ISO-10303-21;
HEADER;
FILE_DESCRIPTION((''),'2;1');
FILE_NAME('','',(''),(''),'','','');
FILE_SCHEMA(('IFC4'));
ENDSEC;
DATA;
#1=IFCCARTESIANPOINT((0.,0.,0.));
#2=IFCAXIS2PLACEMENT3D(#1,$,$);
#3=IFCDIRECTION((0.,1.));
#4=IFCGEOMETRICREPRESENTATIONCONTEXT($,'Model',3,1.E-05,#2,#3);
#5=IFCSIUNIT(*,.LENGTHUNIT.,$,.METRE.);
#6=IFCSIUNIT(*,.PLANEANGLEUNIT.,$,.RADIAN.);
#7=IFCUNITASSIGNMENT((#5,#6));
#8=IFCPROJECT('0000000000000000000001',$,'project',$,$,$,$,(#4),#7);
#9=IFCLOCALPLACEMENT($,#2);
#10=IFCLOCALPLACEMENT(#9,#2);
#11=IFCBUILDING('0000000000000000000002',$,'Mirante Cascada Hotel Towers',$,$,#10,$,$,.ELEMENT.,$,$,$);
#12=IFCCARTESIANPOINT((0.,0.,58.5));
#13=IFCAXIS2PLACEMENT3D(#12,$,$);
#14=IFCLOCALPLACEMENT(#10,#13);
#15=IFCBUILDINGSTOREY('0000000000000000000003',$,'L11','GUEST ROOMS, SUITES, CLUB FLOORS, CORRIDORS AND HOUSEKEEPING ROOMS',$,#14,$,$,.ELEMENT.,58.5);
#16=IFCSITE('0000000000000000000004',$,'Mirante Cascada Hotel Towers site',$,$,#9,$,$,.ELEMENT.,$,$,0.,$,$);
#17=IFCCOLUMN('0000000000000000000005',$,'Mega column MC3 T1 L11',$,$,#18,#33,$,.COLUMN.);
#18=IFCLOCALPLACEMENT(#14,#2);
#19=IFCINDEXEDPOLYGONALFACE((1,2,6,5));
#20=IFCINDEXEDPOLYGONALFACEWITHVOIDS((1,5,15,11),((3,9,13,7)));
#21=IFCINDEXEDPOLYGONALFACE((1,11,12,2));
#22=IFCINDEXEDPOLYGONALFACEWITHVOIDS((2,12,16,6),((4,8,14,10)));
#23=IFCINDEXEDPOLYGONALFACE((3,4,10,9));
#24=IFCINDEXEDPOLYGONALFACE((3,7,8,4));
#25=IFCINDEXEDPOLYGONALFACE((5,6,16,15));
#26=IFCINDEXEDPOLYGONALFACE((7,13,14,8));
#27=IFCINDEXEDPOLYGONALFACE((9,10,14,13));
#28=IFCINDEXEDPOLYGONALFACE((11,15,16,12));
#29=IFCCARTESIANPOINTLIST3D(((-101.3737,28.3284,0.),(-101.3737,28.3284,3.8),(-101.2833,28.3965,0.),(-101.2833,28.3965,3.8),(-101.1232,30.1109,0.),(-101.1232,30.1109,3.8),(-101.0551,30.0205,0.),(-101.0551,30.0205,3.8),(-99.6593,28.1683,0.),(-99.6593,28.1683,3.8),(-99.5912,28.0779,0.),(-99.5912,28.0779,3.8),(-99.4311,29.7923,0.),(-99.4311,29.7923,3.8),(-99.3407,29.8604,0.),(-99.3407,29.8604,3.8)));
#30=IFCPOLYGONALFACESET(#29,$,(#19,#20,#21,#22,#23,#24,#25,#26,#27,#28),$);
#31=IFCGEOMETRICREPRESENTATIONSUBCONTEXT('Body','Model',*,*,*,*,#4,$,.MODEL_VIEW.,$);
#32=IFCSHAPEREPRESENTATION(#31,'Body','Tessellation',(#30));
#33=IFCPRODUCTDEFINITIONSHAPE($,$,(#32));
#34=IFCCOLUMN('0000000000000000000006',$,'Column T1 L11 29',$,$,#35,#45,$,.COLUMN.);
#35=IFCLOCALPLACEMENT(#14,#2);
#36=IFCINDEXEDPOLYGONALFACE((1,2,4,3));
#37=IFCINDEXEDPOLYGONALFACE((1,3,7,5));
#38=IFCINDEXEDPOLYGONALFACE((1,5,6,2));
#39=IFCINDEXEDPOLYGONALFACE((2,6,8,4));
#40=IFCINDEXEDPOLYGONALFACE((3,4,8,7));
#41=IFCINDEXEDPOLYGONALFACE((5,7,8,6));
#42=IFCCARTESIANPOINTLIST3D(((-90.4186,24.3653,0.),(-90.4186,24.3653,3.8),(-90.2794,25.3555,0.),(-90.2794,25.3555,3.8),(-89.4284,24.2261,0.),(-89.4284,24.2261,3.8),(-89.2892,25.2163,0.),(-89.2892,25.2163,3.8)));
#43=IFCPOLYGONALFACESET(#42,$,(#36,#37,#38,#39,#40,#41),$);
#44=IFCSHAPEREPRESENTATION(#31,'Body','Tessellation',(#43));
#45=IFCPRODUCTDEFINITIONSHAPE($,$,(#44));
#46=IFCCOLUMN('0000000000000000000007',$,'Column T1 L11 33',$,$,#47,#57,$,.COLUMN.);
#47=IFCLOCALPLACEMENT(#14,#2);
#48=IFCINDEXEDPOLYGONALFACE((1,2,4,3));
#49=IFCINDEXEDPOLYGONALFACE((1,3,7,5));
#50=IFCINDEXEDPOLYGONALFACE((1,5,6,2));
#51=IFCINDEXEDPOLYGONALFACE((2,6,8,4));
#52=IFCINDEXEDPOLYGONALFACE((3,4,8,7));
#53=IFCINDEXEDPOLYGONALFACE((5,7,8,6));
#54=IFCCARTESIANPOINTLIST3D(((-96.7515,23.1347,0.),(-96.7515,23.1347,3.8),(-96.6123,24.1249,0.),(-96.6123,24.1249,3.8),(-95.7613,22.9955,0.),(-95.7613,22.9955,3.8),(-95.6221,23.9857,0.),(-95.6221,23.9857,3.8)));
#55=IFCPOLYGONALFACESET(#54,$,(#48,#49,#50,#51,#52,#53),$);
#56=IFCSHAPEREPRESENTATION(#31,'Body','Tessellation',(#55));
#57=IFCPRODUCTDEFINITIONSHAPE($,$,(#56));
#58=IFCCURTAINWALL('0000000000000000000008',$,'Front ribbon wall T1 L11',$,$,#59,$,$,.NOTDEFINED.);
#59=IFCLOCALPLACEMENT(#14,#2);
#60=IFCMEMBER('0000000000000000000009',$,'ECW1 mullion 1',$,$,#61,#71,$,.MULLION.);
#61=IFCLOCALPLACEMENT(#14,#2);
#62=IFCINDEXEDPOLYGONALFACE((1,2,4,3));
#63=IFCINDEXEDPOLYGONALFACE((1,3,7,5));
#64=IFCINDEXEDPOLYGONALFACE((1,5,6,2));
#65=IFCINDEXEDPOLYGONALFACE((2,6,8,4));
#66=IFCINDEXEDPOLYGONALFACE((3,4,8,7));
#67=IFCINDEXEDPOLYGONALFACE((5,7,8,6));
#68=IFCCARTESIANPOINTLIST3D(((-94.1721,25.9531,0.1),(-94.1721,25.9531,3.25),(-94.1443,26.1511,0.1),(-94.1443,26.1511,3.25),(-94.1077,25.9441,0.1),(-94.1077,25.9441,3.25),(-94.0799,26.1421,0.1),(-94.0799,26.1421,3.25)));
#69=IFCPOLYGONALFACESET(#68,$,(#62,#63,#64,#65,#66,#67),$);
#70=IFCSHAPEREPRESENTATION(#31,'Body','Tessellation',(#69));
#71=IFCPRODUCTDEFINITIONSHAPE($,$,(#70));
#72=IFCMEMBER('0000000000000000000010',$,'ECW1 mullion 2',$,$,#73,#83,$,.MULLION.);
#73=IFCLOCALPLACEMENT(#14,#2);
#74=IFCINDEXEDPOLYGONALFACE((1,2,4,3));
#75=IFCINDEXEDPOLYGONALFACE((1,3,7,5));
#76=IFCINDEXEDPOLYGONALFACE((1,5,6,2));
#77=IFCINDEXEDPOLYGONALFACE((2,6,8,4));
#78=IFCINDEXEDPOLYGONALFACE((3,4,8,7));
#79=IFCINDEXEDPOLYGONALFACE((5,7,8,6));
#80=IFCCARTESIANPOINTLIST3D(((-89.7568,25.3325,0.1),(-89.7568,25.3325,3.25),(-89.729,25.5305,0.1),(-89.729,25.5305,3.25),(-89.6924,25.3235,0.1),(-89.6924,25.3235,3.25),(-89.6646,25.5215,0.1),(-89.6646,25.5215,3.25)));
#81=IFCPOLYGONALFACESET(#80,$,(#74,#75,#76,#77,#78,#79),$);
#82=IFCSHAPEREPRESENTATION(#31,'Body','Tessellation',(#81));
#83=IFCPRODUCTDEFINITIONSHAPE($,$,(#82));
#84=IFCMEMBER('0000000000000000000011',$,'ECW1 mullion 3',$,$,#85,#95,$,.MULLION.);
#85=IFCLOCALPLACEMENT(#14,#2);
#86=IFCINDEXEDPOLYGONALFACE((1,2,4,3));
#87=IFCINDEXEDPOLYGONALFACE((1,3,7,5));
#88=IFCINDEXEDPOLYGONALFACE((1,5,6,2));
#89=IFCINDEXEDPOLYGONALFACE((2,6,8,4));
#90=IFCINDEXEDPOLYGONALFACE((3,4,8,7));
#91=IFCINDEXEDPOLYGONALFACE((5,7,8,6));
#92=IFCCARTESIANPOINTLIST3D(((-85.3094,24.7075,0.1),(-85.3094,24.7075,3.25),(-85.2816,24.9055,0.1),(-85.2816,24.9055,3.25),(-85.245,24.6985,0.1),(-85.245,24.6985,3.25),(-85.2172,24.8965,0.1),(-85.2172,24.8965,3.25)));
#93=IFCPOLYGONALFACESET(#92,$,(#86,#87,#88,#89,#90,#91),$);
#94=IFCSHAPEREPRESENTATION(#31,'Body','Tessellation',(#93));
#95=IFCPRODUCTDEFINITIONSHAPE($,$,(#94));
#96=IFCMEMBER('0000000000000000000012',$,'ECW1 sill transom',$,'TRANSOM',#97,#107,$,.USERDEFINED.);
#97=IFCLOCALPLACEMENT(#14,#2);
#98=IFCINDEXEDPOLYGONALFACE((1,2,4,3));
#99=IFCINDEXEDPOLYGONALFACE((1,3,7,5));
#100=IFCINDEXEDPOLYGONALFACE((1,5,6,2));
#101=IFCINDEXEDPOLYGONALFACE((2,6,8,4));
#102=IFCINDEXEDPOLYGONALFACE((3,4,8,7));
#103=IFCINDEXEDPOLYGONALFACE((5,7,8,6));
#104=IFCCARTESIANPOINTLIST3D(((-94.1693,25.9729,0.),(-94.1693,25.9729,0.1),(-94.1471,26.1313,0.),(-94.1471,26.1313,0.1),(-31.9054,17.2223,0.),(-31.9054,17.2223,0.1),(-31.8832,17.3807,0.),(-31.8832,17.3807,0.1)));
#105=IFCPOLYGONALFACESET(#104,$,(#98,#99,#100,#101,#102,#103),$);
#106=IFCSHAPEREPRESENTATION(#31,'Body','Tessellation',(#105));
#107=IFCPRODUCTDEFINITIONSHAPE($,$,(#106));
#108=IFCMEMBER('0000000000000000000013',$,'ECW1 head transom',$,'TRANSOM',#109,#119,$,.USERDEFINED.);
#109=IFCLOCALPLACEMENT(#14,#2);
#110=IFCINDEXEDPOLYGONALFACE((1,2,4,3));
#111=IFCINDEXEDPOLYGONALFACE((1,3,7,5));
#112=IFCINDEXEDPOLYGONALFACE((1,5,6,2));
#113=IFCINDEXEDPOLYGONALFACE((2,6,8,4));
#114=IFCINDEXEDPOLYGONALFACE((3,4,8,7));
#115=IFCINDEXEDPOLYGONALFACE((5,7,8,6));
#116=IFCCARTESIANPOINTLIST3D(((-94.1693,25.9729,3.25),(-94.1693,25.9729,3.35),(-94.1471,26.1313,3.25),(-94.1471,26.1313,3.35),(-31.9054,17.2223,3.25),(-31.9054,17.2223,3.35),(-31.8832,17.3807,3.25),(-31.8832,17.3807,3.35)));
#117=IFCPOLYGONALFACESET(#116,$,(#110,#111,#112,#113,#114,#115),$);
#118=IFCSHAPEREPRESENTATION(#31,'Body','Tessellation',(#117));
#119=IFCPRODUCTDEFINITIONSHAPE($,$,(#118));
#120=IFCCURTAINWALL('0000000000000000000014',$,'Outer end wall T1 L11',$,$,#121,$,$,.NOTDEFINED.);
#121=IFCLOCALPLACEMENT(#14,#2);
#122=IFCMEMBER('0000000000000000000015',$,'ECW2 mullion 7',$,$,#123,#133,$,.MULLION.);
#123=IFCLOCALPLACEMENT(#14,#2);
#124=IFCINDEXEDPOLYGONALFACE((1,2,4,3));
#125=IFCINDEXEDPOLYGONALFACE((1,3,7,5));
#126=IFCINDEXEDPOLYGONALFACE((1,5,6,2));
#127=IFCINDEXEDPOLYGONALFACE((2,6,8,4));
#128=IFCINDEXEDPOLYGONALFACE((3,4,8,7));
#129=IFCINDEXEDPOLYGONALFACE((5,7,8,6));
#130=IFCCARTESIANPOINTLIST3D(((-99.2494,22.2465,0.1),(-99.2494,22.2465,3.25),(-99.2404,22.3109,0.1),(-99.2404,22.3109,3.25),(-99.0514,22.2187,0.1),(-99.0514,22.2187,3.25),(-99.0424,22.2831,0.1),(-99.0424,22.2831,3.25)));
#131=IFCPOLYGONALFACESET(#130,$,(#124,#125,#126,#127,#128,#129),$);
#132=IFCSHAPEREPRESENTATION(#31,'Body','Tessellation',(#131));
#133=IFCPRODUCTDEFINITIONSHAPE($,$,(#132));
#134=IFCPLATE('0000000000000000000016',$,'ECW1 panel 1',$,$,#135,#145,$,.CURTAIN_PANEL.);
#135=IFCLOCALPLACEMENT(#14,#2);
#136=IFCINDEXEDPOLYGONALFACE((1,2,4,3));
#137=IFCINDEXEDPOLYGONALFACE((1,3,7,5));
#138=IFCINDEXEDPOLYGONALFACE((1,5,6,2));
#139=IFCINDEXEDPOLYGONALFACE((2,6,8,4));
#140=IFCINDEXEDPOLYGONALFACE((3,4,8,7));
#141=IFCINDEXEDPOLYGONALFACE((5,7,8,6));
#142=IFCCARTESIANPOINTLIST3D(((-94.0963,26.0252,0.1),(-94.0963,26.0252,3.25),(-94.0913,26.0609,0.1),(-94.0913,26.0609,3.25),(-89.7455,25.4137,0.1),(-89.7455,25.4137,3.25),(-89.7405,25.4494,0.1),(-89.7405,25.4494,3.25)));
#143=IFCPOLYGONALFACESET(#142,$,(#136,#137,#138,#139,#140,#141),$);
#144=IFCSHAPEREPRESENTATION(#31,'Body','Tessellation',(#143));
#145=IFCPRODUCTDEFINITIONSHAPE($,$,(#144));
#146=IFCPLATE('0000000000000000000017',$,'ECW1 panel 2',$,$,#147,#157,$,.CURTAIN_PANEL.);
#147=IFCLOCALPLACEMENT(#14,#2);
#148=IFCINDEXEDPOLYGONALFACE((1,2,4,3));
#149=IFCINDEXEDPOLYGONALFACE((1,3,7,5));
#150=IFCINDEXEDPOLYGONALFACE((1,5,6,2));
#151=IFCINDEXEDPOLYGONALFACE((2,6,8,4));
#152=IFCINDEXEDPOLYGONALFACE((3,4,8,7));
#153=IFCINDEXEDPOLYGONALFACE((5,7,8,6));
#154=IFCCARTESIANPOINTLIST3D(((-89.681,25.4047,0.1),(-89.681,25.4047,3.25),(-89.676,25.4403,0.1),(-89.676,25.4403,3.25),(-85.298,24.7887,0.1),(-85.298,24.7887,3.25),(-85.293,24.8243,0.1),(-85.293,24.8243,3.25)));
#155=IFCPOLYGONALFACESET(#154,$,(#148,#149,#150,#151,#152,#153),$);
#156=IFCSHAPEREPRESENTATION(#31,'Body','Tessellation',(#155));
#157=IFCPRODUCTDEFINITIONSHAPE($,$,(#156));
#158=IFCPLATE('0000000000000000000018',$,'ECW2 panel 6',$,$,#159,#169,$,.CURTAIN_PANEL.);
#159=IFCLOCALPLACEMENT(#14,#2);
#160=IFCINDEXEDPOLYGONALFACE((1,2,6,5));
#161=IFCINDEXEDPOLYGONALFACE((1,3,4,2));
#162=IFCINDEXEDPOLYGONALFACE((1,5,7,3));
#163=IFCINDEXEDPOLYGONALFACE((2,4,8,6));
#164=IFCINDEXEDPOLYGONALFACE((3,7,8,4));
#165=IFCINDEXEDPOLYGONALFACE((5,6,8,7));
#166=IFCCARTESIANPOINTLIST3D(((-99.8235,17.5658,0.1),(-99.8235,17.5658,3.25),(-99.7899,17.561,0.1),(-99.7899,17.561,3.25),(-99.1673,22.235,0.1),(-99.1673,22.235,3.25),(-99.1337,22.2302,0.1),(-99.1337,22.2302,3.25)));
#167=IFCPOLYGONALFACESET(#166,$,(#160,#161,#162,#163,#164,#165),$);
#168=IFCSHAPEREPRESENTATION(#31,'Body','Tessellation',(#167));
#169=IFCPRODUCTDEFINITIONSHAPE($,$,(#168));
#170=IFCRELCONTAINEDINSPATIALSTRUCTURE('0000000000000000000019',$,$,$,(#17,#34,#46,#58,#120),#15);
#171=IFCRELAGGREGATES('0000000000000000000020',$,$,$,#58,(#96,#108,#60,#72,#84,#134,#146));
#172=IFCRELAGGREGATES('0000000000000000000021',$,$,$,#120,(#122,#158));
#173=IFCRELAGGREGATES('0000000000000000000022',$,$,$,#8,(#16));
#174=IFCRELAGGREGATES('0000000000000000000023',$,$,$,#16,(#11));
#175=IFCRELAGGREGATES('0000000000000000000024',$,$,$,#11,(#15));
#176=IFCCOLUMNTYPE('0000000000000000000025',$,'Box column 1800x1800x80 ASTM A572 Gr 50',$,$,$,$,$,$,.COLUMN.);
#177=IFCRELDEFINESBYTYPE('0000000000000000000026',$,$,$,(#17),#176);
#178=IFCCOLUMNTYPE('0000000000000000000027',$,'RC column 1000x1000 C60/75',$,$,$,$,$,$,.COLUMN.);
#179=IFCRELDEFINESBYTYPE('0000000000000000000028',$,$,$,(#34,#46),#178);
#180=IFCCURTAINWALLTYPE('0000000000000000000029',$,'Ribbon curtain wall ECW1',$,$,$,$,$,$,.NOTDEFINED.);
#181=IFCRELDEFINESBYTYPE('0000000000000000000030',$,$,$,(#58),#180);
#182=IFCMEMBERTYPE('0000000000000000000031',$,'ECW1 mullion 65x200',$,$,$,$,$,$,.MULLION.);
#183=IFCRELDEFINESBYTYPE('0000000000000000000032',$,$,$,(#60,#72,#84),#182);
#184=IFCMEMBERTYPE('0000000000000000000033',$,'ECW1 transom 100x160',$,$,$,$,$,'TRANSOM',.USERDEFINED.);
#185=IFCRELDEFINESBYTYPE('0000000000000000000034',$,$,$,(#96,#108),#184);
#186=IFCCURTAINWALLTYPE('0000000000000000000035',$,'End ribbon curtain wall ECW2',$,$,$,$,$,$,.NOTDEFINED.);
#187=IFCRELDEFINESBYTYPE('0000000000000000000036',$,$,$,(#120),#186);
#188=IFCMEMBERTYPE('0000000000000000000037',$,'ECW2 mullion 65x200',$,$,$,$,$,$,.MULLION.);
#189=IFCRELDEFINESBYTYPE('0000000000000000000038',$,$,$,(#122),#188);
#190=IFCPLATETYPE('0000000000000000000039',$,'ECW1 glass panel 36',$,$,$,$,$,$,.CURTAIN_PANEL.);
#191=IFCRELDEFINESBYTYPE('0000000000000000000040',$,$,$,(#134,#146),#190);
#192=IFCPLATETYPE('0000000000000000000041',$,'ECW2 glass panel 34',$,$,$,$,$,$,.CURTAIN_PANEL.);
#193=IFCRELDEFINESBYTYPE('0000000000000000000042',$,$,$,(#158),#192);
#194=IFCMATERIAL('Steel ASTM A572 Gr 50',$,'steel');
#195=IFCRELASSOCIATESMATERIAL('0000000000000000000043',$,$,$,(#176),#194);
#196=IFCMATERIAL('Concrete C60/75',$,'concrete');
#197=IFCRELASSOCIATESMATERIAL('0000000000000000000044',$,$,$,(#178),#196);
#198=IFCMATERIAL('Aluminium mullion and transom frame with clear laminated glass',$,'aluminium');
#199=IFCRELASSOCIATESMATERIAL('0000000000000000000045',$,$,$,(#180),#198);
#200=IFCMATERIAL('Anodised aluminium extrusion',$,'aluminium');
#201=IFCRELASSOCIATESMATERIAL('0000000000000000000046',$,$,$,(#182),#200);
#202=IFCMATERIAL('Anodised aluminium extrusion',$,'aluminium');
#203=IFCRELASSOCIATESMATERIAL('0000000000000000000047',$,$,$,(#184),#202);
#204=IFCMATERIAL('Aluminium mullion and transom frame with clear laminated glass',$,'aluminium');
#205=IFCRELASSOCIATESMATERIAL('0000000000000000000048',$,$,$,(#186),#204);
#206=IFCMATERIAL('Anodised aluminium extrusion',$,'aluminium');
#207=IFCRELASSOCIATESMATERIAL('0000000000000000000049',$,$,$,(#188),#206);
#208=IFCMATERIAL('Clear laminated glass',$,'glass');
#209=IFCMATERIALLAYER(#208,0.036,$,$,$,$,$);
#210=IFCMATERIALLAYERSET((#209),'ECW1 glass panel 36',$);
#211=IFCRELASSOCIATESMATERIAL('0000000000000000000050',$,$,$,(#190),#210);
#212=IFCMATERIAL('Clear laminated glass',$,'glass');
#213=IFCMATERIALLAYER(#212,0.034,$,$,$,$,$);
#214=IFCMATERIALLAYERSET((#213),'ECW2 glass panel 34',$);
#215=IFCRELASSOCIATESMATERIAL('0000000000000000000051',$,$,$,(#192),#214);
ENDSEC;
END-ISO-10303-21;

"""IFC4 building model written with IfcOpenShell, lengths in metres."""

from ifc_helpers import new_model, si_unit, direction, frame, origin, origin_2d, place, context, subcontext, project, spatial, rectangle, hollow_rectangle, extrude, material, layer, layer_set, material_profile, profile_set, type_object, element, aggregate, save


model = new_model("IFC4")

# Units and contexts
model_context = context("Model", 3, precision=1e-05, world=origin(), true_north=direction((0.0, 1.0)))
body_context = subcontext(model_context, "Body", "Model", "MODEL_VIEW")
ifc_project = project(units=[si_unit("LENGTHUNIT", "METRE"), si_unit("PLANEANGLEUNIT", "RADIAN")], contexts=[model_context])

# Site, building, storey
site_placement = place(None, origin())
site = spatial("IfcSite", under=ifc_project, at=site_placement, Name="Mirante Cascada Hotel Towers site", CompositionType="ELEMENT", RefElevation=0.0)
building_placement = place(site_placement, origin())
building = spatial("IfcBuilding", under=site, at=building_placement, Name="Mirante Cascada Hotel Towers", CompositionType="ELEMENT")
storey_placement = place(building_placement, frame((0.0, 0.0, 58.5)))
storey = spatial("IfcBuildingStorey", under=building, at=storey_placement, Name="L11", Description="GUEST ROOMS, SUITES, CLUB FLOORS, CORRIDORS AND HOUSEKEEPING ROOMS", CompositionType="ELEMENT", Elevation=58.5)

# Columns
ifc_material_1 = material(Name="Steel ASTM A572 Gr 50", Category="steel")
ifc_material_profile_1 = material_profile(ifc_material_1, hollow_rectangle(XDim=1.8, YDim=1.8, WallThickness=0.08, at=origin_2d()), Name="Box column 1800x1800x80 ASTM A572 Gr 50")
ifc_profile_set_1 = profile_set([ifc_material_profile_1], Name="Steel ASTM A572 Gr 50")
column_type_1 = type_object("IfcColumnType", Name="Box column 1800x1800x80 ASTM A572 Gr 50", PredefinedType="COLUMN", material=ifc_profile_set_1)
column_placement = place(storey_placement, frame((-100.3572, 29.0944, 0.0), z_axis=(0.0, 0.0, 1.0), x_axis=(-0.990268, 0.139173, 0.0)))
element("IfcColumn", 1, at=column_placement, inside=storey, type_object=column_type_1, Name="Mega column MC3 T1 L11", PredefinedType="COLUMN", context=body_context, shape_type="SweptSolid", body=[
    extrude(hollow_rectangle(XDim=1.8, YDim=1.8, WallThickness=0.08, at=origin_2d()), origin(), (0.0, 0.0, 1.0), 3.8),
])
ifc_material_2 = material(Name="Concrete C60/75", Category="concrete")
ifc_material_profile_2 = material_profile(ifc_material_2, rectangle(XDim=1.0, YDim=1.0, at=origin_2d()), Name="RC column 1000x1000 C60/75")
ifc_profile_set_2 = profile_set([ifc_material_profile_2], Name="Concrete C60/75")
column_type_2 = type_object("IfcColumnType", Name="RC column 1000x1000 C60/75", PredefinedType="COLUMN", material=ifc_profile_set_2)
for number, where, z_axis, x_axis, name in (
    (2, (-89.8539, 24.7908, 0.0), (0.0, 0.0, 1.0), (-0.990268, 0.139173, 0.0), "Column T1 L11 29"),
    (3, (-96.1868, 23.5602, 0.0), (0.0, 0.0, 1.0), (-0.990268, 0.139173, 0.0), "Column T1 L11 33"),
):
    element("IfcColumn", number, at=place(storey_placement, frame(where, z_axis=z_axis, x_axis=x_axis)), inside=storey, type_object=column_type_2, Name=name, PredefinedType="COLUMN", context=body_context, shape_type="SweptSolid", body=[
        extrude(rectangle(XDim=1.0, YDim=1.0, at=origin_2d()), origin(), (0.0, 0.0, 1.0), 3.8),
    ])

# Curtain wall, members
ifc_material_3 = material(Name="Aluminium mullion and transom frame with clear laminated glass", Category="aluminium")
curtain_wall_type_1 = type_object("IfcCurtainWallType", Name="Ribbon curtain wall ECW1", PredefinedType="NOTDEFINED", material=ifc_material_3)
curtain_wall_1_placement = place(storey_placement, origin())
curtain_wall_1 = element("IfcCurtainWall", 4, at=curtain_wall_1_placement, inside=storey, type_object=curtain_wall_type_1, Name="Front ribbon wall T1 L11", PredefinedType="NOTDEFINED")
ifc_material_4 = material(Name="Anodised aluminium extrusion", Category="aluminium")
ifc_material_profile_3 = material_profile(ifc_material_4, rectangle(XDim=0.2, YDim=0.065, at=origin_2d()), Name="ECW1 MULLION 65x200")
ifc_profile_set_3 = profile_set([ifc_material_profile_3], Name="Anodised aluminium extrusion")
member_type_1 = type_object("IfcMemberType", Name="ECW1 mullion 65x200", PredefinedType="MULLION", material=ifc_profile_set_3)
member_1_placement = place(storey_placement, frame((-94.126, 26.0476, 0.1), z_axis=(0.0, 0.0, 1.0), x_axis=(0.139173, 0.990268, 0.0)))
member_1 = element("IfcMember", 5, at=member_1_placement, type_object=member_type_1, Name="ECW1 mullion 1", PredefinedType="MULLION", context=body_context, shape_type="SweptSolid", body=[
    extrude(rectangle(XDim=0.2, YDim=0.065, at=origin_2d()), origin(), (0.0, 0.0, 1.0), 3.15),
])
member_2_placement = place(storey_placement, frame((-89.7107, 25.427, 0.1), z_axis=(0.0, 0.0, 1.0), x_axis=(0.139173, 0.990268, 0.0)))
member_2 = element("IfcMember", 6, at=member_2_placement, type_object=member_type_1, Name="ECW1 mullion 2", PredefinedType="MULLION", context=body_context, shape_type="SweptSolid", body=[
    extrude(rectangle(XDim=0.2, YDim=0.065, at=origin_2d()), origin(), (0.0, 0.0, 1.0), 3.15),
])
member_3_placement = place(storey_placement, frame((-85.2633, 24.802, 0.1), z_axis=(0.0, 0.0, 1.0), x_axis=(0.139173, 0.990268, 0.0)))
member_3 = element("IfcMember", 7, at=member_3_placement, type_object=member_type_1, Name="ECW1 mullion 3", PredefinedType="MULLION", context=body_context, shape_type="SweptSolid", body=[
    extrude(rectangle(XDim=0.2, YDim=0.065, at=origin_2d()), origin(), (0.0, 0.0, 1.0), 3.15),
])
ifc_material_5 = material(Name="Anodised aluminium extrusion", Category="aluminium")
ifc_material_profile_4 = material_profile(ifc_material_5, rectangle(XDim=0.16, YDim=0.1, at=origin_2d()), Name="ECW1 TRANSOM 100x160")
ifc_profile_set_4 = profile_set([ifc_material_profile_4], Name="Anodised aluminium extrusion")
member_type_2 = type_object("IfcMemberType", Name="ECW1 transom 100x160", ElementType="TRANSOM", PredefinedType="USERDEFINED", material=ifc_profile_set_4)
member_4_placement = place(storey_placement, frame((-94.1582, 26.0521, 0.05), z_axis=(0.990268, -0.139173, 0.0), x_axis=(0.139173, 0.990268, 0.0)))
member_4 = element("IfcMember", 8, at=member_4_placement, type_object=member_type_2, Name="ECW1 sill transom", ObjectType="TRANSOM", PredefinedType="USERDEFINED", context=body_context, shape_type="SweptSolid", body=[
    extrude(rectangle(XDim=0.16, YDim=0.1, at=origin_2d()), origin(), (0.0, 0.0, 1.0), 62.8758),
])
member_5_placement = place(storey_placement, frame((-94.1582, 26.0521, 3.3), z_axis=(0.990268, -0.139173, 0.0), x_axis=(0.139173, 0.990268, 0.0)))
member_5 = element("IfcMember", 9, at=member_5_placement, type_object=member_type_2, Name="ECW1 head transom", ObjectType="TRANSOM", PredefinedType="USERDEFINED", context=body_context, shape_type="SweptSolid", body=[
    extrude(rectangle(XDim=0.16, YDim=0.1, at=origin_2d()), origin(), (0.0, 0.0, 1.0), 62.8758),
])

# Curtain wall, member
ifc_material_6 = material(Name="Aluminium mullion and transom frame with clear laminated glass", Category="aluminium")
curtain_wall_type_2 = type_object("IfcCurtainWallType", Name="End ribbon curtain wall ECW2", PredefinedType="NOTDEFINED", material=ifc_material_6)
curtain_wall_2_placement = place(storey_placement, origin())
curtain_wall_2 = element("IfcCurtainWall", 10, at=curtain_wall_2_placement, inside=storey, type_object=curtain_wall_type_2, Name="Outer end wall T1 L11", PredefinedType="NOTDEFINED")
ifc_material_7 = material(Name="Anodised aluminium extrusion", Category="aluminium")
ifc_material_profile_5 = material_profile(ifc_material_7, rectangle(XDim=0.2, YDim=0.065, at=origin_2d()), Name="ECW2 MULLION 65x200")
ifc_profile_set_5 = profile_set([ifc_material_profile_5], Name="Anodised aluminium extrusion")
member_type_3 = type_object("IfcMemberType", Name="ECW2 mullion 65x200", PredefinedType="MULLION", material=ifc_profile_set_5)
member_6_placement = place(storey_placement, frame((-99.1459, 22.2648, 0.1), z_axis=(0.0, 0.0, 1.0), x_axis=(-0.990268, 0.139173, 0.0)))
member_6 = element("IfcMember", 11, at=member_6_placement, type_object=member_type_3, Name="ECW2 mullion 7", PredefinedType="MULLION", context=body_context, shape_type="SweptSolid", body=[
    extrude(rectangle(XDim=0.2, YDim=0.065, at=origin_2d()), origin(), (0.0, 0.0, 1.0), 3.15),
])

# Plates
ifc_material_8 = material(Name="Clear laminated glass", Category="glass")
ifc_layer_1 = layer(ifc_material_8, 0.036)
ifc_layer_set_1 = layer_set([ifc_layer_1], Name="ECW1 glass panel 36")
plate_type_1 = type_object("IfcPlateType", Name="ECW1 glass panel 36", PredefinedType="CURTAIN_PANEL", material=ifc_layer_set_1)
plate_1_placement = place(storey_placement, frame((-91.9184, 25.7373, 0.1), z_axis=(0.0, 0.0, 1.0), x_axis=(0.990268, -0.139173, 0.0)))
plate_1 = element("IfcPlate", 12, at=plate_1_placement, type_object=plate_type_1, Name="ECW1 panel 1", PredefinedType="CURTAIN_PANEL", context=body_context, shape_type="SweptSolid", body=[
    extrude(rectangle(XDim=4.3936, YDim=0.036, at=origin_2d()), origin(), (0.0, 0.0, 1.0), 3.15),
])
plate_2_placement = place(storey_placement, frame((-87.487, 25.1145, 0.1), z_axis=(0.0, 0.0, 1.0), x_axis=(0.990268, -0.139173, 0.0)))
plate_2 = element("IfcPlate", 13, at=plate_2_placement, type_object=plate_type_1, Name="ECW1 panel 2", PredefinedType="CURTAIN_PANEL", context=body_context, shape_type="SweptSolid", body=[
    extrude(rectangle(XDim=4.4261, YDim=0.036, at=origin_2d()), origin(), (0.0, 0.0, 1.0), 3.15),
])
aggregate(curtain_wall_1, [member_4, member_5, member_1, member_2, member_3, plate_1, plate_2])
ifc_material_9 = material(Name="Clear laminated glass", Category="glass")
ifc_layer_2 = layer(ifc_material_9, 0.034)
ifc_layer_set_2 = layer_set([ifc_layer_2], Name="ECW2 glass panel 34")
plate_type_2 = type_object("IfcPlateType", Name="ECW2 glass panel 34", PredefinedType="CURTAIN_PANEL", material=ifc_layer_set_2)
plate_3_placement = place(storey_placement, frame((-99.4786, 19.898, 0.1), z_axis=(0.0, 0.0, 1.0), x_axis=(0.139173, 0.990268, 0.0)))
plate_3 = element("IfcPlate", 14, at=plate_3_placement, type_object=plate_type_2, Name="ECW2 panel 6", PredefinedType="CURTAIN_PANEL", context=body_context, shape_type="SweptSolid", body=[
    extrude(rectangle(XDim=4.7151, YDim=0.034, at=origin_2d()), origin(), (0.0, 0.0, 1.0), 3.15),
])
aggregate(curtain_wall_2, [member_6, plate_3])

save(model, "model.ifc")
